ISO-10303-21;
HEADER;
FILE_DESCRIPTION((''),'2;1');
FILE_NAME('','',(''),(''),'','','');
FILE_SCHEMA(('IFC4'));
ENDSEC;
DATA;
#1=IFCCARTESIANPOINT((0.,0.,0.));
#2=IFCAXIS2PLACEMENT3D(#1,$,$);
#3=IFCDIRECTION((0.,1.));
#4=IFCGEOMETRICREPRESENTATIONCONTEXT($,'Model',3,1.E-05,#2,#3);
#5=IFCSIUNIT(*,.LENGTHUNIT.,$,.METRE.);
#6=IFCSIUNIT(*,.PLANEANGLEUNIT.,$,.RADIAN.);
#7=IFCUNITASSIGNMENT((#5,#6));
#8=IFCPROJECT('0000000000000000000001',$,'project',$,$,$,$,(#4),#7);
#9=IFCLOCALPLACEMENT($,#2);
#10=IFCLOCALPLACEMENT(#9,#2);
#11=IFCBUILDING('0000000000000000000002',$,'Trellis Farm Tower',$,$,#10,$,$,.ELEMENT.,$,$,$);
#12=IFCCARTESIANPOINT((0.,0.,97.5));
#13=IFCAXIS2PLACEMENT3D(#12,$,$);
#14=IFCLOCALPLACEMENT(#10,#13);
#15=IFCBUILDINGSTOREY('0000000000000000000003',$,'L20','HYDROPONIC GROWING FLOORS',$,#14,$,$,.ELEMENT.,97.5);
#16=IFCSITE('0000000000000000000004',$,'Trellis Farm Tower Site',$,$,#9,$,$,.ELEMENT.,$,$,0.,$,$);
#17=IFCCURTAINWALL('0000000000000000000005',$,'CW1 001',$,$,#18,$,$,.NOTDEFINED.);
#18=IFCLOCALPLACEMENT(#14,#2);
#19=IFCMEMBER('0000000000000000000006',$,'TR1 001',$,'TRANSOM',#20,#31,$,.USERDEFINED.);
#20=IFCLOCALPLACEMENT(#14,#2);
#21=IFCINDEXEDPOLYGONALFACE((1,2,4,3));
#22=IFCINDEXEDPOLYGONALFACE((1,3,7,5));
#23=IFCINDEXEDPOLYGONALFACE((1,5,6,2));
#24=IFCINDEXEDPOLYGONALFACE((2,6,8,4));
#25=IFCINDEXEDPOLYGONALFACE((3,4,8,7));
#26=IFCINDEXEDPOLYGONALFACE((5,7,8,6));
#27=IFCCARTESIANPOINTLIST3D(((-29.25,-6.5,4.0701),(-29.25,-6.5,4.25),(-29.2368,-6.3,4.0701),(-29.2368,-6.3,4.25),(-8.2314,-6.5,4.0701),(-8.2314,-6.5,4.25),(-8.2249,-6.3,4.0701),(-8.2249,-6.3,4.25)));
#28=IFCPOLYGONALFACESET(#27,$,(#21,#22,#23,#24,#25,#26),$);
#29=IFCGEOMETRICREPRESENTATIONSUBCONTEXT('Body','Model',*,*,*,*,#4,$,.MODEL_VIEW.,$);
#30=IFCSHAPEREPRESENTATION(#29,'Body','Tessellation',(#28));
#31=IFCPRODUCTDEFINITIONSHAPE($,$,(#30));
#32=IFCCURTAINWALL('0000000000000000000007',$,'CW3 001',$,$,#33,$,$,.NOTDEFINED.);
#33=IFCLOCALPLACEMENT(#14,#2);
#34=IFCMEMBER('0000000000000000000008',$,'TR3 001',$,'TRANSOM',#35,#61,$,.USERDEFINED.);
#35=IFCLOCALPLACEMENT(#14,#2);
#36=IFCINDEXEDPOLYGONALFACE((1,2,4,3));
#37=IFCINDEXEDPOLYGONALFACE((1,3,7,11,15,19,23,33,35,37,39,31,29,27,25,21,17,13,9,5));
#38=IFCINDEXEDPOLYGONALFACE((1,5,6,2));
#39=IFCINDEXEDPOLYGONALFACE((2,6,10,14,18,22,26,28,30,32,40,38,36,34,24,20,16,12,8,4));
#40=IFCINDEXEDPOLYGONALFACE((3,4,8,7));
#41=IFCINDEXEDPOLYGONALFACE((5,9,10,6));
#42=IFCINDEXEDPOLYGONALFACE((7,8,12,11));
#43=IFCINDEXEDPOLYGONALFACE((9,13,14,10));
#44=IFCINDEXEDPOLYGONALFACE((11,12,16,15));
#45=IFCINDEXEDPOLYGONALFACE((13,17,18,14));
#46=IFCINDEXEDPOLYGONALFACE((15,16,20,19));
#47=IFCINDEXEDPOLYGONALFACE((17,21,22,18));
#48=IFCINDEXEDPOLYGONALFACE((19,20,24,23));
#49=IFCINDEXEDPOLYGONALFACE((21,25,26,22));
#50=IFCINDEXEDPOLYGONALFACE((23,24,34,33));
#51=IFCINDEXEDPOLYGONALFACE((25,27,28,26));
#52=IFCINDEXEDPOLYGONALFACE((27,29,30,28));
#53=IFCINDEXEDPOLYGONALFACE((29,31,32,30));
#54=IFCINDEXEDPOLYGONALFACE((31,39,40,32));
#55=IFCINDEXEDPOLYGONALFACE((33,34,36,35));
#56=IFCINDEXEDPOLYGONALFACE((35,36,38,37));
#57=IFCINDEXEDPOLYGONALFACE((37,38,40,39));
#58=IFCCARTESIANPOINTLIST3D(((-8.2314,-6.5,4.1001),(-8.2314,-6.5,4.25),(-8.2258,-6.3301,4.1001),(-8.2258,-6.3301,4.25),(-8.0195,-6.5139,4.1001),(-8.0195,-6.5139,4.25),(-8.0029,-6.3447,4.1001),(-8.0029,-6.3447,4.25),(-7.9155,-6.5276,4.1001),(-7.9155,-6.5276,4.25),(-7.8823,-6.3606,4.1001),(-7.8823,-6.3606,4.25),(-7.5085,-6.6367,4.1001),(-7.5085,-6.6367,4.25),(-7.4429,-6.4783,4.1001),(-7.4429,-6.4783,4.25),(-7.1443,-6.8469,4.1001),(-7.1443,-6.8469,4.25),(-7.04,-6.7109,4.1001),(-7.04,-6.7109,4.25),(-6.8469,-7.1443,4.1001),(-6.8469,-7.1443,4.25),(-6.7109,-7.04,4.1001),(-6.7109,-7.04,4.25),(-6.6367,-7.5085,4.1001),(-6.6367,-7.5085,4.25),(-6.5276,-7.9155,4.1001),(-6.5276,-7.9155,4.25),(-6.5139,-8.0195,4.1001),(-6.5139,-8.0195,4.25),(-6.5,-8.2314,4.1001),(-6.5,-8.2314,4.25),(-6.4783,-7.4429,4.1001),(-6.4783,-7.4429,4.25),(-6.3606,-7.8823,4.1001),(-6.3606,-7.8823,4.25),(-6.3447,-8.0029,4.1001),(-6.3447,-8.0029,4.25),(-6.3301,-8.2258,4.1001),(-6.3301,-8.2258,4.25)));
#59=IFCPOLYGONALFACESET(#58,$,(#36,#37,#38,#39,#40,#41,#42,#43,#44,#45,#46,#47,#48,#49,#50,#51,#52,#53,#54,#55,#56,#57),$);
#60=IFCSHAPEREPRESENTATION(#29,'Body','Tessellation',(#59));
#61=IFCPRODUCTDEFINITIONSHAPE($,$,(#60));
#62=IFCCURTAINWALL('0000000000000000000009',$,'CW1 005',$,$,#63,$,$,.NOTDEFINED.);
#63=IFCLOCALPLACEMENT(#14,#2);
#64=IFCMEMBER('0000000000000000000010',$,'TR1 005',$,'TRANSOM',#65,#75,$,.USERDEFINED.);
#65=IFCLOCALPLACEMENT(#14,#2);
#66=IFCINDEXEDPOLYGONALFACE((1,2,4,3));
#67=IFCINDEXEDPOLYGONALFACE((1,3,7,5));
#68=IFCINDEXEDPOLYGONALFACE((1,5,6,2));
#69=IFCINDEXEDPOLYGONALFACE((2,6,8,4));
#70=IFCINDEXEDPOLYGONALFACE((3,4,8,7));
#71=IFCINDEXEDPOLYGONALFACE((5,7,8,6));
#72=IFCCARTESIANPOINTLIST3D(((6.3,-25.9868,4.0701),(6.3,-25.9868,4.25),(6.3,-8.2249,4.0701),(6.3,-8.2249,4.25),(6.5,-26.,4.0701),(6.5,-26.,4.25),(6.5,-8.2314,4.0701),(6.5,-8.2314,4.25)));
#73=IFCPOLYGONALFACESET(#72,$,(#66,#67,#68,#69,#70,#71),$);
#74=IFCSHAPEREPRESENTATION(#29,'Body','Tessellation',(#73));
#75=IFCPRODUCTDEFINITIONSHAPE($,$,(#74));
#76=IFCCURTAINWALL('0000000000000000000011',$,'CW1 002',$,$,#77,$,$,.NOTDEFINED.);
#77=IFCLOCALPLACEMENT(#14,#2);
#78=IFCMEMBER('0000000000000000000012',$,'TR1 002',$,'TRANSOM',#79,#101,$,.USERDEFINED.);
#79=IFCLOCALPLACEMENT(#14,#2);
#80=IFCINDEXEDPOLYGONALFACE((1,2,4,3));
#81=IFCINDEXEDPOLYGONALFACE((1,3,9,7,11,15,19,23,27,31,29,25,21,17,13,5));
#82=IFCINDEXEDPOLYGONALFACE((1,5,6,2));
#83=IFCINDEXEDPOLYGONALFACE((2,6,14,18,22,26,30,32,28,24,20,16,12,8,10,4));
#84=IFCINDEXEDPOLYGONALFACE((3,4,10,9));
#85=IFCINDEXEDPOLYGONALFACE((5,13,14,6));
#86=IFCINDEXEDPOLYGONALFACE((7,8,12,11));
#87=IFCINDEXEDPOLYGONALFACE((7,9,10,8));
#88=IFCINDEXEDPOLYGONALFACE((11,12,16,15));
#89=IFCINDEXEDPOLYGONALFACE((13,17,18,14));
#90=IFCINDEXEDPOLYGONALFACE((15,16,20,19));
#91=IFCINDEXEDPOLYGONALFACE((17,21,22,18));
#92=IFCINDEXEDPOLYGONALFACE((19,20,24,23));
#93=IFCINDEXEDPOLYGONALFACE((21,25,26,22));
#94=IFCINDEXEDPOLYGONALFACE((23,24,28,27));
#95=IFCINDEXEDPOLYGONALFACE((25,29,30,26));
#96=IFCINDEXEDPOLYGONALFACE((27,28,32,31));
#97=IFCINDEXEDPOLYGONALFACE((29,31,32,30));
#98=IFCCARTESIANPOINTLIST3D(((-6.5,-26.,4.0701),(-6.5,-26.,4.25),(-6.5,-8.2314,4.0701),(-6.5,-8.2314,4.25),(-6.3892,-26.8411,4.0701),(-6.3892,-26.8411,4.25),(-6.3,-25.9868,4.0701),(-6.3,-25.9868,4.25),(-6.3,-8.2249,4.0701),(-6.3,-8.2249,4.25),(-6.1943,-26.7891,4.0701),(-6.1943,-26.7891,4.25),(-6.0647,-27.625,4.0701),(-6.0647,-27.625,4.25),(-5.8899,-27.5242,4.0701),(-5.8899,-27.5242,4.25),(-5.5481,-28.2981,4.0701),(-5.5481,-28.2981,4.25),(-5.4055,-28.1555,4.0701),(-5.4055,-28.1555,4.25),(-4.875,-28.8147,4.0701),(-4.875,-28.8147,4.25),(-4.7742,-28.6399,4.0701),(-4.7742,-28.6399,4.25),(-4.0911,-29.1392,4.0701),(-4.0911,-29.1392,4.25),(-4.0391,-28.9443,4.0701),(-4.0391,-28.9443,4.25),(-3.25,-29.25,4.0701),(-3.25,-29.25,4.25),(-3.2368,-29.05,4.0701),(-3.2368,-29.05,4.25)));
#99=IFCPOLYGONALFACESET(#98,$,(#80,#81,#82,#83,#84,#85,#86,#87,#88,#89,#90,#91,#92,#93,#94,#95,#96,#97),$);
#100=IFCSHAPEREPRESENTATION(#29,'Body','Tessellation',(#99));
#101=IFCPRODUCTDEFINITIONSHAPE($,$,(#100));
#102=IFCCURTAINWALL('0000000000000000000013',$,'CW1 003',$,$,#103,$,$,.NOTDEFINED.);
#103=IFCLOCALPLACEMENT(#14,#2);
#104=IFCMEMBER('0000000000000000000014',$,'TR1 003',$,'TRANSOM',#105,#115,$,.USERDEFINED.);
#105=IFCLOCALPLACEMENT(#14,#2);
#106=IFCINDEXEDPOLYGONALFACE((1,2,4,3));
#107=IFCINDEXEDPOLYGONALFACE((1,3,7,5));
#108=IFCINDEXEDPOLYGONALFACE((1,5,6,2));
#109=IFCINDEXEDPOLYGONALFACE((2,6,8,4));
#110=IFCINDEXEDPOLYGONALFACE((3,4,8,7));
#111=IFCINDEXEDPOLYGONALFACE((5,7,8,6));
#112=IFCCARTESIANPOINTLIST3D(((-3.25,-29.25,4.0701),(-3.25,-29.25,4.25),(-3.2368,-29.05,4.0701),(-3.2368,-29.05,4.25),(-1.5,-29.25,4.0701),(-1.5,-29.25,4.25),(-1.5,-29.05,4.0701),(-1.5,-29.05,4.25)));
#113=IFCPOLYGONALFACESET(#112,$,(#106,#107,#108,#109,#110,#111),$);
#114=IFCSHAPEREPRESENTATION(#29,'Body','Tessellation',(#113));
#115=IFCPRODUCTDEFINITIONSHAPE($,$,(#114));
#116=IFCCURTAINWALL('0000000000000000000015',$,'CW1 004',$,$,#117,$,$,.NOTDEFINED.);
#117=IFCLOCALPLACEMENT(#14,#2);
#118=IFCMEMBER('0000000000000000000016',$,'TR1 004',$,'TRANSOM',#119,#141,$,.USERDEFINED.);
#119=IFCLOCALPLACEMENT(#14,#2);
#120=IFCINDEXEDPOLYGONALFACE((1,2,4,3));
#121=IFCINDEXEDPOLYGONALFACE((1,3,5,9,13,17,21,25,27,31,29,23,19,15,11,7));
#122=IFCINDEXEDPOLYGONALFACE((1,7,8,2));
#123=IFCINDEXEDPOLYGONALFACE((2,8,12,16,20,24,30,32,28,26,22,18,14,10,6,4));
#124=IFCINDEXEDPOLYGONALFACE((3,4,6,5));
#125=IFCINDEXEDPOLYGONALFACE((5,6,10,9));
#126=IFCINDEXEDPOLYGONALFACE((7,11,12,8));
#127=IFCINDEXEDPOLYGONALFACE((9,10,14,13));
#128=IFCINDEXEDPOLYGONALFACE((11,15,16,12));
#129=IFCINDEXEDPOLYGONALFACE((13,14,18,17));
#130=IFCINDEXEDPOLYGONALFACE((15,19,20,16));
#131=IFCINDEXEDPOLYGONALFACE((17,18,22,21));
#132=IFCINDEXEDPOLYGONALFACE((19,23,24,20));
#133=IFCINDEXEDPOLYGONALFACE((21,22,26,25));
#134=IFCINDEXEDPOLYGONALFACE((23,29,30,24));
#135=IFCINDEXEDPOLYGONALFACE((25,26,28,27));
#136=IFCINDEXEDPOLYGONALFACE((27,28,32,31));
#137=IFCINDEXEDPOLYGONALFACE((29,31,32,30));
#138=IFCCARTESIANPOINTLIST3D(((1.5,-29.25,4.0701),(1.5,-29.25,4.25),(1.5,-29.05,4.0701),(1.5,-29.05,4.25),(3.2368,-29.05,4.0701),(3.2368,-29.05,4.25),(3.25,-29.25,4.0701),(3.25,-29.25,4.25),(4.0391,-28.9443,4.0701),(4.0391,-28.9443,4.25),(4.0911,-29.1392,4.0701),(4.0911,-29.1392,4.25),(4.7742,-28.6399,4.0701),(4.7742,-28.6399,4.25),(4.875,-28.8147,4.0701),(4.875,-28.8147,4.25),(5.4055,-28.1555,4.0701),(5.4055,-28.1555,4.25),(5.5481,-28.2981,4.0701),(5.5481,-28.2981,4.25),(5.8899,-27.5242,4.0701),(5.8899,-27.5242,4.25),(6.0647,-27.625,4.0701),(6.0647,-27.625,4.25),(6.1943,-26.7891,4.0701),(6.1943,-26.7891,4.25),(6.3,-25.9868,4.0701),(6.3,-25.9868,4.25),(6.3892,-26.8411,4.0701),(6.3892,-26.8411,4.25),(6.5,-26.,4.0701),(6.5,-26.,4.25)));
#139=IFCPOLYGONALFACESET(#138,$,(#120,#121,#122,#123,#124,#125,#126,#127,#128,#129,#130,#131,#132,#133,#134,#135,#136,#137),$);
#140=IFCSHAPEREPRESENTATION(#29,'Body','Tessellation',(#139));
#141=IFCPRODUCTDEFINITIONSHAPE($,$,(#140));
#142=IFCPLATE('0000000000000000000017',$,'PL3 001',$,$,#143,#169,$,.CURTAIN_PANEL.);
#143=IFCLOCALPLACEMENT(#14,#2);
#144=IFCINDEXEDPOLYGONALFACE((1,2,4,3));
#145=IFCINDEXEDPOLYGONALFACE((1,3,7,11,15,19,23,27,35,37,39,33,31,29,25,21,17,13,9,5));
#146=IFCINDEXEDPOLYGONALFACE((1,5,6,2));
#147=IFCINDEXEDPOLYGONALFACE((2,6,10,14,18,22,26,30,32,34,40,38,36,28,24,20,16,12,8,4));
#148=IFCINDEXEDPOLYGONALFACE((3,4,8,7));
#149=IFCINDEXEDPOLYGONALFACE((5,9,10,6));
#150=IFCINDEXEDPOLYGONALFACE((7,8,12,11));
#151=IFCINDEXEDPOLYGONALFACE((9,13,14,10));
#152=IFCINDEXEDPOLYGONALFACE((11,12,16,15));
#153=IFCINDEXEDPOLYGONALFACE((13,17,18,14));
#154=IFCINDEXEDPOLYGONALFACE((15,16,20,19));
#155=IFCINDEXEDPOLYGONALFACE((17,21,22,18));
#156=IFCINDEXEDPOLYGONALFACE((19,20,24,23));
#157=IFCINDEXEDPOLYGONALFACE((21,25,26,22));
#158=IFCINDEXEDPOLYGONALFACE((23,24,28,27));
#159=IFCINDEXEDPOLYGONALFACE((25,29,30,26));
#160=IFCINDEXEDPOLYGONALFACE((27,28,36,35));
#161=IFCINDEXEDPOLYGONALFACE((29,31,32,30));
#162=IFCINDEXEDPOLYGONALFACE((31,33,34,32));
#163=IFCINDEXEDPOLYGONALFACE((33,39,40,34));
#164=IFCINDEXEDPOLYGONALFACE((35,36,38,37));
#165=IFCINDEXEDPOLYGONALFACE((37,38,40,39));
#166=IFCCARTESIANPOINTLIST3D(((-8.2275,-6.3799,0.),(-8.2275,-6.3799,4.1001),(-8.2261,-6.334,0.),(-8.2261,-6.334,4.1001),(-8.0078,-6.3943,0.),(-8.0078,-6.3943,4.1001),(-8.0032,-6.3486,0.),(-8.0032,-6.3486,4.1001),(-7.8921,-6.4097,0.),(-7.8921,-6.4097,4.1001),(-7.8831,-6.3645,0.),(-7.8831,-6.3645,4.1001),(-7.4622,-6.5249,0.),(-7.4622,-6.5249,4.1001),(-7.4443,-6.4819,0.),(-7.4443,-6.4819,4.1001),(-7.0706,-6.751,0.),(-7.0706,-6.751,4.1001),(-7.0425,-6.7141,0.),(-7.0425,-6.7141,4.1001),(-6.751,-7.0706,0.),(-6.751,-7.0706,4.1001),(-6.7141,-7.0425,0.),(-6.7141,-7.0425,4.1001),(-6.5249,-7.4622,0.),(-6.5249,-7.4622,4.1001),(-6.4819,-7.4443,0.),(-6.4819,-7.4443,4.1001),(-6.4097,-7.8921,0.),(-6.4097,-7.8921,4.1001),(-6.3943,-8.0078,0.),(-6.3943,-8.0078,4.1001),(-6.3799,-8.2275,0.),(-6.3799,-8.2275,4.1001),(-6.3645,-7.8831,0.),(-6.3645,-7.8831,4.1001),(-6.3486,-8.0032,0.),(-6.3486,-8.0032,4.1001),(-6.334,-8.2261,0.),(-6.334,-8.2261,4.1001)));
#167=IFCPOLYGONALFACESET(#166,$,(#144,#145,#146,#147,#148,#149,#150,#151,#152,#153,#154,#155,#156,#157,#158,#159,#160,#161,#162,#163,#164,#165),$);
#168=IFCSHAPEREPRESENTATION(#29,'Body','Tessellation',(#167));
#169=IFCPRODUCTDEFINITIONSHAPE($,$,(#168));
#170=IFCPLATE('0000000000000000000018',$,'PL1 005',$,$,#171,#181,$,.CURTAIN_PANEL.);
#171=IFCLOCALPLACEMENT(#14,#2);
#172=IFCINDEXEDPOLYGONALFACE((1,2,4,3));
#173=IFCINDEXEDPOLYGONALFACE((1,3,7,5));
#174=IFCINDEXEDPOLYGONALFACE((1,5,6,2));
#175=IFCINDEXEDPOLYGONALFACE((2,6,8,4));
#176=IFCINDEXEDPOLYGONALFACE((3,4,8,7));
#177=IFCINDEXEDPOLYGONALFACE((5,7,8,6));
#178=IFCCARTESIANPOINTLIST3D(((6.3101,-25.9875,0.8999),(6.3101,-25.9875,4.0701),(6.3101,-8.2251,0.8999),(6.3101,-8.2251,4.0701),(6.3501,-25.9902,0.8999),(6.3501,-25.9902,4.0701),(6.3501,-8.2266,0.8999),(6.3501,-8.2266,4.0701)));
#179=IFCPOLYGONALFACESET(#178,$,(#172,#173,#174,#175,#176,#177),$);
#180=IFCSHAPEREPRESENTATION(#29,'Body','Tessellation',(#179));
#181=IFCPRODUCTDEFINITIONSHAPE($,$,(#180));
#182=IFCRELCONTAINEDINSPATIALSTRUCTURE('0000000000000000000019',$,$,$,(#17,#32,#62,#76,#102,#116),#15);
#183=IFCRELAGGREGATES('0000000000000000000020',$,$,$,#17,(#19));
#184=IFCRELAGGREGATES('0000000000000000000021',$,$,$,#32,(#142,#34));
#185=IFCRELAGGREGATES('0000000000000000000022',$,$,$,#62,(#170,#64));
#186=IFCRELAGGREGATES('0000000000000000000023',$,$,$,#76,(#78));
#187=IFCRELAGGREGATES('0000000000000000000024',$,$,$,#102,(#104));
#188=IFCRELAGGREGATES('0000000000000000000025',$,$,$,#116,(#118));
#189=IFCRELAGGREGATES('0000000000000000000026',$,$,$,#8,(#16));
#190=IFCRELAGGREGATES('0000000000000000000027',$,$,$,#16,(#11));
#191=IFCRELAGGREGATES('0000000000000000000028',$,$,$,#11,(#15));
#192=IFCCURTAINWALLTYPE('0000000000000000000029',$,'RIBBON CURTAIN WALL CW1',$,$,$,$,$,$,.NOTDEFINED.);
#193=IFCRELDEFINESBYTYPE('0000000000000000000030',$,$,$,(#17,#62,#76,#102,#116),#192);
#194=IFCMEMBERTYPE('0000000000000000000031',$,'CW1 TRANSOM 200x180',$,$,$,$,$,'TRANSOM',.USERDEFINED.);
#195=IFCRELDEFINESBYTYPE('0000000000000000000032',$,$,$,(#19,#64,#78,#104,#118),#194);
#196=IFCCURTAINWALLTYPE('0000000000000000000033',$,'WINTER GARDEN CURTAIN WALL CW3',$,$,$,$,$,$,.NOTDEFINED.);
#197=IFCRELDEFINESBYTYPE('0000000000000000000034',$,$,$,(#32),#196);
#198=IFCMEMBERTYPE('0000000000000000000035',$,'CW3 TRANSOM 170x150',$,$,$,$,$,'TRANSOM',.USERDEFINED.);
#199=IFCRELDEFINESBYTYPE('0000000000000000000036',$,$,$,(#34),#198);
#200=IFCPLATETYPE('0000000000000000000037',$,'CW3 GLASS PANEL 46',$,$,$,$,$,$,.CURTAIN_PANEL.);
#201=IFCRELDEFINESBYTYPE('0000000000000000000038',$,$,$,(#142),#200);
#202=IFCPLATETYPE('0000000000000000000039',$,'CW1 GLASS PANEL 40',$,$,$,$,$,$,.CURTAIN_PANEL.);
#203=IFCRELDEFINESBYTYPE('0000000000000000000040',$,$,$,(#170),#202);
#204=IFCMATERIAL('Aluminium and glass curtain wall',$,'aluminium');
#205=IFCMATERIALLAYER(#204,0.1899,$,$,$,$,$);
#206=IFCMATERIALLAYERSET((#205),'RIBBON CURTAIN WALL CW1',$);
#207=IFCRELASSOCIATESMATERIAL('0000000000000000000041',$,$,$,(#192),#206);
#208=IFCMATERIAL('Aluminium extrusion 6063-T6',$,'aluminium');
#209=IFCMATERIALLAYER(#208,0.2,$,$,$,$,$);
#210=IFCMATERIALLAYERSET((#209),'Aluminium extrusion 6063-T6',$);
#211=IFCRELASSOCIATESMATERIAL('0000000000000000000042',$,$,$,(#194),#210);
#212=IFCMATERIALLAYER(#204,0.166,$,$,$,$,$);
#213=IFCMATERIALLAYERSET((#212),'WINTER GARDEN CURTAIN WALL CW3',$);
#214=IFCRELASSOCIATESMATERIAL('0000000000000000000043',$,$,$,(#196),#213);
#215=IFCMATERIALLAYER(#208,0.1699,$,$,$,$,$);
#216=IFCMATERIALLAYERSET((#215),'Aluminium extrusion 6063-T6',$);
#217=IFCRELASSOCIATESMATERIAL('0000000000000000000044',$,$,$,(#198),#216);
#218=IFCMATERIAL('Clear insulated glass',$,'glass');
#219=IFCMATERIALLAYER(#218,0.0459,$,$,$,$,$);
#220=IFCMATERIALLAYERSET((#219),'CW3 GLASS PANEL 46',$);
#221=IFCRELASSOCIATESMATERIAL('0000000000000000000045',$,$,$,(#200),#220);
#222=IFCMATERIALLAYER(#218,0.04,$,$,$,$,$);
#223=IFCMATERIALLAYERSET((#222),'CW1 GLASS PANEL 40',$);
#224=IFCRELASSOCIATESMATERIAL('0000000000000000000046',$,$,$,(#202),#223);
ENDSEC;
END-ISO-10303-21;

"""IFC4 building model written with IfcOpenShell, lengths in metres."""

from ifc_helpers import new_model, si_unit, direction, frame, origin, place, context, subcontext, project, spatial, polyline, outline, extrude, source, transform, mapped, material, layer, layer_set, type_object, element, aggregate, save


model = new_model("IFC4")

# Units and contexts
model_context = context("Model", 3, precision=1e-05, world=origin(), true_north=direction((0.0, 1.0)))
body_context = subcontext(model_context, "Body", "Model", "MODEL_VIEW")
ifc_project = project(units=[si_unit("LENGTHUNIT", "METRE"), si_unit("PLANEANGLEUNIT", "RADIAN")], contexts=[model_context])

# Site, building, storey
site_placement = place(None, origin())
site = spatial("IfcSite", under=ifc_project, at=site_placement, Name="Trellis Farm Tower Site", CompositionType="ELEMENT", RefElevation=0.0)
building_placement = place(site_placement, origin())
building = spatial("IfcBuilding", under=site, at=building_placement, Name="Trellis Farm Tower", CompositionType="ELEMENT")
storey_placement = place(building_placement, frame((0.0, 0.0, 97.5)))
storey = spatial("IfcBuildingStorey", under=building, at=storey_placement, Name="L20", Description="HYDROPONIC GROWING FLOORS", CompositionType="ELEMENT", Elevation=97.5)

# Curtain walls, members
ifc_material_1 = material(Name="Aluminium and glass curtain wall", Category="aluminium")
ifc_layer_1 = layer(ifc_material_1, 0.1899)
ifc_layer_set_1 = layer_set([ifc_layer_1], Name="RIBBON CURTAIN WALL CW1")
curtain_wall_type_1 = type_object("IfcCurtainWallType", Name="RIBBON CURTAIN WALL CW1", PredefinedType="NOTDEFINED", material=ifc_layer_set_1)
placement_1 = place(storey_placement, origin())
curtain_wall_1 = element("IfcCurtainWall", 1, at=placement_1, inside=storey, type_object=curtain_wall_type_1, Name="CW1 001", PredefinedType="NOTDEFINED")
ifc_material_2 = material(Name="Aluminium extrusion 6063-T6", Category="aluminium")
ifc_layer_2 = layer(ifc_material_2, 0.2)
ifc_layer_set_2 = layer_set([ifc_layer_2], Name="Aluminium extrusion 6063-T6")
member_type_1 = type_object("IfcMemberType", Name="CW1 TRANSOM 200x180", ElementType="TRANSOM", PredefinedType="USERDEFINED", material=ifc_layer_set_2)
shared_shape_1 = source(origin(), body_context, "Body", "SweptSolid", [
    extrude(outline(polyline([(-29.25, -6.5), (-8.2314, -6.5), (-8.2249, -6.3), (-29.2368, -6.3), (-29.25, -6.5)])), origin(), (0.0, 0.0, 1.0), 0.1799),
])
placement_2 = place(storey_placement, frame((0.0, 0.0, 4.0701)))
member_1 = element("IfcMember", 2, at=placement_2, type_object=member_type_1, Name="TR1 001", ObjectType="TRANSOM", PredefinedType="USERDEFINED", context=body_context, shape_type="MappedRepresentation", body=[
    mapped(shared_shape_1, transform((0.0, 0.0, 0.0))),
])
aggregate(curtain_wall_1, [member_1])
ifc_layer_3 = layer(ifc_material_1, 0.166)
ifc_layer_set_3 = layer_set([ifc_layer_3], Name="WINTER GARDEN CURTAIN WALL CW3")
curtain_wall_type_2 = type_object("IfcCurtainWallType", Name="WINTER GARDEN CURTAIN WALL CW3", PredefinedType="NOTDEFINED", material=ifc_layer_set_3)
curtain_wall_2 = element("IfcCurtainWall", 3, at=placement_1, inside=storey, type_object=curtain_wall_type_2, Name="CW3 001", PredefinedType="NOTDEFINED")
ifc_layer_4 = layer(ifc_material_2, 0.1699)
ifc_layer_set_4 = layer_set([ifc_layer_4], Name="Aluminium extrusion 6063-T6")
member_type_2 = type_object("IfcMemberType", Name="CW3 TRANSOM 170x150", ElementType="TRANSOM", PredefinedType="USERDEFINED", material=ifc_layer_set_4)
shared_shape_2 = source(origin(), body_context, "Body", "SweptSolid", [
    extrude(outline(polyline([(-8.2314, -6.5), (-8.0195, -6.5139), (-7.9155, -6.5276), (-7.5085, -6.6367), (-7.1443, -6.8469), (-6.8469, -7.1443), (-6.6367, -7.5085), (-6.5276, -7.9155), (-6.5139, -8.0195), (-6.5, -8.2314), (-6.3301, -8.2258), (-6.3447, -8.0029), (-6.3606, -7.8823), (-6.4783, -7.4429), (-6.7109, -7.04), (-7.04, -6.7109), (-7.4429, -6.4783), (-7.8823, -6.3606), (-8.0029, -6.3447), (-8.2258, -6.3301), (-8.2314, -6.5)])), origin(), (0.0, 0.0, 1.0), 0.1499),
])
member_2_placement = place(storey_placement, frame((0.0, 0.0, 4.1001)))
member_2 = element("IfcMember", 4, at=member_2_placement, type_object=member_type_2, Name="TR3 001", ObjectType="TRANSOM", PredefinedType="USERDEFINED", context=body_context, shape_type="MappedRepresentation", body=[
    mapped(shared_shape_2, transform((0.0, 0.0, 0.0))),
])
curtain_wall_3 = element("IfcCurtainWall", 5, at=placement_1, inside=storey, type_object=curtain_wall_type_1, Name="CW1 005", PredefinedType="NOTDEFINED")
shared_shape_3 = source(origin(), body_context, "Body", "SweptSolid", [
    extrude(outline(polyline([(6.5, -26.0), (6.5, -8.2314), (6.3, -8.2249), (6.3, -25.9868), (6.5, -26.0)])), origin(), (0.0, 0.0, 1.0), 0.1799),
])
member_3 = element("IfcMember", 6, at=placement_2, type_object=member_type_1, Name="TR1 005", ObjectType="TRANSOM", PredefinedType="USERDEFINED", context=body_context, shape_type="MappedRepresentation", body=[
    mapped(shared_shape_3, transform((0.0, 0.0, 0.0))),
])
curtain_wall_4 = element("IfcCurtainWall", 7, at=placement_1, inside=storey, type_object=curtain_wall_type_1, Name="CW1 002", PredefinedType="NOTDEFINED")
shared_shape_4 = source(origin(), body_context, "Body", "SweptSolid", [
    extrude(outline(polyline([(-6.5, -8.2314), (-6.5, -26.0), (-6.3892, -26.8411), (-6.0647, -27.625), (-5.5481, -28.2981), (-4.875, -28.8147), (-4.0911, -29.1392), (-3.25, -29.25), (-3.2368, -29.05), (-4.0391, -28.9443), (-4.7742, -28.6399), (-5.4055, -28.1555), (-5.8899, -27.5242), (-6.1943, -26.7891), (-6.3, -25.9868), (-6.3, -8.2249), (-6.5, -8.2314)])), origin(), (0.0, 0.0, 1.0), 0.1799),
])
member_4 = element("IfcMember", 8, at=placement_2, type_object=member_type_1, Name="TR1 002", ObjectType="TRANSOM", PredefinedType="USERDEFINED", context=body_context, shape_type="MappedRepresentation", body=[
    mapped(shared_shape_4, transform((0.0, 0.0, 0.0))),
])
curtain_wall_5 = element("IfcCurtainWall", 9, at=placement_1, inside=storey, type_object=curtain_wall_type_1, Name="CW1 003", PredefinedType="NOTDEFINED")
shared_shape_5 = source(origin(), body_context, "Body", "SweptSolid", [
    extrude(outline(polyline([(-3.25, -29.25), (-1.5, -29.25), (-1.5, -29.05), (-3.2368, -29.05), (-3.25, -29.25)])), origin(), (0.0, 0.0, 1.0), 0.1799),
])
member_5 = element("IfcMember", 10, at=placement_2, type_object=member_type_1, Name="TR1 003", ObjectType="TRANSOM", PredefinedType="USERDEFINED", context=body_context, shape_type="MappedRepresentation", body=[
    mapped(shared_shape_5, transform((0.0, 0.0, 0.0))),
])
curtain_wall_6 = element("IfcCurtainWall", 11, at=placement_1, inside=storey, type_object=curtain_wall_type_1, Name="CW1 004", PredefinedType="NOTDEFINED")
shared_shape_6 = source(origin(), body_context, "Body", "SweptSolid", [
    extrude(outline(polyline([(1.5, -29.25), (3.25, -29.25), (4.0911, -29.1392), (4.875, -28.8147), (5.5481, -28.2981), (6.0647, -27.625), (6.3892, -26.8411), (6.5, -26.0), (6.3, -25.9868), (6.1943, -26.7891), (5.8899, -27.5242), (5.4055, -28.1555), (4.7742, -28.6399), (4.0391, -28.9443), (3.2368, -29.05), (1.5, -29.05), (1.5, -29.25)])), origin(), (0.0, 0.0, 1.0), 0.1799),
])
member_6 = element("IfcMember", 12, at=placement_2, type_object=member_type_1, Name="TR1 004", ObjectType="TRANSOM", PredefinedType="USERDEFINED", context=body_context, shape_type="MappedRepresentation", body=[
    mapped(shared_shape_6, transform((0.0, 0.0, 0.0))),
])

# Plates
ifc_material_3 = material(Name="Clear insulated glass", Category="glass")
ifc_layer_5 = layer(ifc_material_3, 0.0459)
ifc_layer_set_5 = layer_set([ifc_layer_5], Name="CW3 GLASS PANEL 46")
plate_type_1 = type_object("IfcPlateType", Name="CW3 GLASS PANEL 46", PredefinedType="CURTAIN_PANEL", material=ifc_layer_set_5)
shared_shape_7 = source(origin(), body_context, "Body", "SweptSolid", [
    extrude(outline(polyline([(-8.2275, -6.3799), (-8.0078, -6.3943), (-7.8921, -6.4097), (-7.4622, -6.5249), (-7.0706, -6.751), (-6.751, -7.0706), (-6.5249, -7.4622), (-6.4097, -7.8921), (-6.3943, -8.0078), (-6.3799, -8.2275), (-6.334, -8.2261), (-6.3486, -8.0032), (-6.3645, -7.8831), (-6.4819, -7.4443), (-6.7141, -7.0425), (-7.0425, -6.7141), (-7.4443, -6.4819), (-7.8831, -6.3645), (-8.0032, -6.3486), (-8.2261, -6.334), (-8.2275, -6.3799)])), origin(), (0.0, 0.0, 1.0), 4.1001),
])
plate_1 = element("IfcPlate", 13, at=placement_1, type_object=plate_type_1, Name="PL3 001", PredefinedType="CURTAIN_PANEL", context=body_context, shape_type="MappedRepresentation", body=[
    mapped(shared_shape_7, transform((0.0, 0.0, 0.0))),
])
aggregate(curtain_wall_2, [plate_1, member_2])
ifc_layer_6 = layer(ifc_material_3, 0.04)
ifc_layer_set_6 = layer_set([ifc_layer_6], Name="CW1 GLASS PANEL 40")
plate_type_2 = type_object("IfcPlateType", Name="CW1 GLASS PANEL 40", PredefinedType="CURTAIN_PANEL", material=ifc_layer_set_6)
shared_shape_8 = source(origin(), body_context, "Body", "SweptSolid", [
    extrude(outline(polyline([(6.3501, -25.9902), (6.3501, -8.2266), (6.3101, -8.2251), (6.3101, -25.9875), (6.3501, -25.9902)])), origin(), (0.0, 0.0, 1.0), 3.1702),
])
placement_3 = place(storey_placement, frame((0.0, 0.0, 0.8999)))
plate_2 = element("IfcPlate", 14, at=placement_3, type_object=plate_type_2, Name="PL1 005", PredefinedType="CURTAIN_PANEL", context=body_context, shape_type="MappedRepresentation", body=[
    mapped(shared_shape_8, transform((0.0, 0.0, 0.0))),
])
aggregate(curtain_wall_3, [plate_2, member_3])
aggregate(curtain_wall_4, [member_4])
aggregate(curtain_wall_5, [member_5])
aggregate(curtain_wall_6, [member_6])

save(model, "model.ifc")
